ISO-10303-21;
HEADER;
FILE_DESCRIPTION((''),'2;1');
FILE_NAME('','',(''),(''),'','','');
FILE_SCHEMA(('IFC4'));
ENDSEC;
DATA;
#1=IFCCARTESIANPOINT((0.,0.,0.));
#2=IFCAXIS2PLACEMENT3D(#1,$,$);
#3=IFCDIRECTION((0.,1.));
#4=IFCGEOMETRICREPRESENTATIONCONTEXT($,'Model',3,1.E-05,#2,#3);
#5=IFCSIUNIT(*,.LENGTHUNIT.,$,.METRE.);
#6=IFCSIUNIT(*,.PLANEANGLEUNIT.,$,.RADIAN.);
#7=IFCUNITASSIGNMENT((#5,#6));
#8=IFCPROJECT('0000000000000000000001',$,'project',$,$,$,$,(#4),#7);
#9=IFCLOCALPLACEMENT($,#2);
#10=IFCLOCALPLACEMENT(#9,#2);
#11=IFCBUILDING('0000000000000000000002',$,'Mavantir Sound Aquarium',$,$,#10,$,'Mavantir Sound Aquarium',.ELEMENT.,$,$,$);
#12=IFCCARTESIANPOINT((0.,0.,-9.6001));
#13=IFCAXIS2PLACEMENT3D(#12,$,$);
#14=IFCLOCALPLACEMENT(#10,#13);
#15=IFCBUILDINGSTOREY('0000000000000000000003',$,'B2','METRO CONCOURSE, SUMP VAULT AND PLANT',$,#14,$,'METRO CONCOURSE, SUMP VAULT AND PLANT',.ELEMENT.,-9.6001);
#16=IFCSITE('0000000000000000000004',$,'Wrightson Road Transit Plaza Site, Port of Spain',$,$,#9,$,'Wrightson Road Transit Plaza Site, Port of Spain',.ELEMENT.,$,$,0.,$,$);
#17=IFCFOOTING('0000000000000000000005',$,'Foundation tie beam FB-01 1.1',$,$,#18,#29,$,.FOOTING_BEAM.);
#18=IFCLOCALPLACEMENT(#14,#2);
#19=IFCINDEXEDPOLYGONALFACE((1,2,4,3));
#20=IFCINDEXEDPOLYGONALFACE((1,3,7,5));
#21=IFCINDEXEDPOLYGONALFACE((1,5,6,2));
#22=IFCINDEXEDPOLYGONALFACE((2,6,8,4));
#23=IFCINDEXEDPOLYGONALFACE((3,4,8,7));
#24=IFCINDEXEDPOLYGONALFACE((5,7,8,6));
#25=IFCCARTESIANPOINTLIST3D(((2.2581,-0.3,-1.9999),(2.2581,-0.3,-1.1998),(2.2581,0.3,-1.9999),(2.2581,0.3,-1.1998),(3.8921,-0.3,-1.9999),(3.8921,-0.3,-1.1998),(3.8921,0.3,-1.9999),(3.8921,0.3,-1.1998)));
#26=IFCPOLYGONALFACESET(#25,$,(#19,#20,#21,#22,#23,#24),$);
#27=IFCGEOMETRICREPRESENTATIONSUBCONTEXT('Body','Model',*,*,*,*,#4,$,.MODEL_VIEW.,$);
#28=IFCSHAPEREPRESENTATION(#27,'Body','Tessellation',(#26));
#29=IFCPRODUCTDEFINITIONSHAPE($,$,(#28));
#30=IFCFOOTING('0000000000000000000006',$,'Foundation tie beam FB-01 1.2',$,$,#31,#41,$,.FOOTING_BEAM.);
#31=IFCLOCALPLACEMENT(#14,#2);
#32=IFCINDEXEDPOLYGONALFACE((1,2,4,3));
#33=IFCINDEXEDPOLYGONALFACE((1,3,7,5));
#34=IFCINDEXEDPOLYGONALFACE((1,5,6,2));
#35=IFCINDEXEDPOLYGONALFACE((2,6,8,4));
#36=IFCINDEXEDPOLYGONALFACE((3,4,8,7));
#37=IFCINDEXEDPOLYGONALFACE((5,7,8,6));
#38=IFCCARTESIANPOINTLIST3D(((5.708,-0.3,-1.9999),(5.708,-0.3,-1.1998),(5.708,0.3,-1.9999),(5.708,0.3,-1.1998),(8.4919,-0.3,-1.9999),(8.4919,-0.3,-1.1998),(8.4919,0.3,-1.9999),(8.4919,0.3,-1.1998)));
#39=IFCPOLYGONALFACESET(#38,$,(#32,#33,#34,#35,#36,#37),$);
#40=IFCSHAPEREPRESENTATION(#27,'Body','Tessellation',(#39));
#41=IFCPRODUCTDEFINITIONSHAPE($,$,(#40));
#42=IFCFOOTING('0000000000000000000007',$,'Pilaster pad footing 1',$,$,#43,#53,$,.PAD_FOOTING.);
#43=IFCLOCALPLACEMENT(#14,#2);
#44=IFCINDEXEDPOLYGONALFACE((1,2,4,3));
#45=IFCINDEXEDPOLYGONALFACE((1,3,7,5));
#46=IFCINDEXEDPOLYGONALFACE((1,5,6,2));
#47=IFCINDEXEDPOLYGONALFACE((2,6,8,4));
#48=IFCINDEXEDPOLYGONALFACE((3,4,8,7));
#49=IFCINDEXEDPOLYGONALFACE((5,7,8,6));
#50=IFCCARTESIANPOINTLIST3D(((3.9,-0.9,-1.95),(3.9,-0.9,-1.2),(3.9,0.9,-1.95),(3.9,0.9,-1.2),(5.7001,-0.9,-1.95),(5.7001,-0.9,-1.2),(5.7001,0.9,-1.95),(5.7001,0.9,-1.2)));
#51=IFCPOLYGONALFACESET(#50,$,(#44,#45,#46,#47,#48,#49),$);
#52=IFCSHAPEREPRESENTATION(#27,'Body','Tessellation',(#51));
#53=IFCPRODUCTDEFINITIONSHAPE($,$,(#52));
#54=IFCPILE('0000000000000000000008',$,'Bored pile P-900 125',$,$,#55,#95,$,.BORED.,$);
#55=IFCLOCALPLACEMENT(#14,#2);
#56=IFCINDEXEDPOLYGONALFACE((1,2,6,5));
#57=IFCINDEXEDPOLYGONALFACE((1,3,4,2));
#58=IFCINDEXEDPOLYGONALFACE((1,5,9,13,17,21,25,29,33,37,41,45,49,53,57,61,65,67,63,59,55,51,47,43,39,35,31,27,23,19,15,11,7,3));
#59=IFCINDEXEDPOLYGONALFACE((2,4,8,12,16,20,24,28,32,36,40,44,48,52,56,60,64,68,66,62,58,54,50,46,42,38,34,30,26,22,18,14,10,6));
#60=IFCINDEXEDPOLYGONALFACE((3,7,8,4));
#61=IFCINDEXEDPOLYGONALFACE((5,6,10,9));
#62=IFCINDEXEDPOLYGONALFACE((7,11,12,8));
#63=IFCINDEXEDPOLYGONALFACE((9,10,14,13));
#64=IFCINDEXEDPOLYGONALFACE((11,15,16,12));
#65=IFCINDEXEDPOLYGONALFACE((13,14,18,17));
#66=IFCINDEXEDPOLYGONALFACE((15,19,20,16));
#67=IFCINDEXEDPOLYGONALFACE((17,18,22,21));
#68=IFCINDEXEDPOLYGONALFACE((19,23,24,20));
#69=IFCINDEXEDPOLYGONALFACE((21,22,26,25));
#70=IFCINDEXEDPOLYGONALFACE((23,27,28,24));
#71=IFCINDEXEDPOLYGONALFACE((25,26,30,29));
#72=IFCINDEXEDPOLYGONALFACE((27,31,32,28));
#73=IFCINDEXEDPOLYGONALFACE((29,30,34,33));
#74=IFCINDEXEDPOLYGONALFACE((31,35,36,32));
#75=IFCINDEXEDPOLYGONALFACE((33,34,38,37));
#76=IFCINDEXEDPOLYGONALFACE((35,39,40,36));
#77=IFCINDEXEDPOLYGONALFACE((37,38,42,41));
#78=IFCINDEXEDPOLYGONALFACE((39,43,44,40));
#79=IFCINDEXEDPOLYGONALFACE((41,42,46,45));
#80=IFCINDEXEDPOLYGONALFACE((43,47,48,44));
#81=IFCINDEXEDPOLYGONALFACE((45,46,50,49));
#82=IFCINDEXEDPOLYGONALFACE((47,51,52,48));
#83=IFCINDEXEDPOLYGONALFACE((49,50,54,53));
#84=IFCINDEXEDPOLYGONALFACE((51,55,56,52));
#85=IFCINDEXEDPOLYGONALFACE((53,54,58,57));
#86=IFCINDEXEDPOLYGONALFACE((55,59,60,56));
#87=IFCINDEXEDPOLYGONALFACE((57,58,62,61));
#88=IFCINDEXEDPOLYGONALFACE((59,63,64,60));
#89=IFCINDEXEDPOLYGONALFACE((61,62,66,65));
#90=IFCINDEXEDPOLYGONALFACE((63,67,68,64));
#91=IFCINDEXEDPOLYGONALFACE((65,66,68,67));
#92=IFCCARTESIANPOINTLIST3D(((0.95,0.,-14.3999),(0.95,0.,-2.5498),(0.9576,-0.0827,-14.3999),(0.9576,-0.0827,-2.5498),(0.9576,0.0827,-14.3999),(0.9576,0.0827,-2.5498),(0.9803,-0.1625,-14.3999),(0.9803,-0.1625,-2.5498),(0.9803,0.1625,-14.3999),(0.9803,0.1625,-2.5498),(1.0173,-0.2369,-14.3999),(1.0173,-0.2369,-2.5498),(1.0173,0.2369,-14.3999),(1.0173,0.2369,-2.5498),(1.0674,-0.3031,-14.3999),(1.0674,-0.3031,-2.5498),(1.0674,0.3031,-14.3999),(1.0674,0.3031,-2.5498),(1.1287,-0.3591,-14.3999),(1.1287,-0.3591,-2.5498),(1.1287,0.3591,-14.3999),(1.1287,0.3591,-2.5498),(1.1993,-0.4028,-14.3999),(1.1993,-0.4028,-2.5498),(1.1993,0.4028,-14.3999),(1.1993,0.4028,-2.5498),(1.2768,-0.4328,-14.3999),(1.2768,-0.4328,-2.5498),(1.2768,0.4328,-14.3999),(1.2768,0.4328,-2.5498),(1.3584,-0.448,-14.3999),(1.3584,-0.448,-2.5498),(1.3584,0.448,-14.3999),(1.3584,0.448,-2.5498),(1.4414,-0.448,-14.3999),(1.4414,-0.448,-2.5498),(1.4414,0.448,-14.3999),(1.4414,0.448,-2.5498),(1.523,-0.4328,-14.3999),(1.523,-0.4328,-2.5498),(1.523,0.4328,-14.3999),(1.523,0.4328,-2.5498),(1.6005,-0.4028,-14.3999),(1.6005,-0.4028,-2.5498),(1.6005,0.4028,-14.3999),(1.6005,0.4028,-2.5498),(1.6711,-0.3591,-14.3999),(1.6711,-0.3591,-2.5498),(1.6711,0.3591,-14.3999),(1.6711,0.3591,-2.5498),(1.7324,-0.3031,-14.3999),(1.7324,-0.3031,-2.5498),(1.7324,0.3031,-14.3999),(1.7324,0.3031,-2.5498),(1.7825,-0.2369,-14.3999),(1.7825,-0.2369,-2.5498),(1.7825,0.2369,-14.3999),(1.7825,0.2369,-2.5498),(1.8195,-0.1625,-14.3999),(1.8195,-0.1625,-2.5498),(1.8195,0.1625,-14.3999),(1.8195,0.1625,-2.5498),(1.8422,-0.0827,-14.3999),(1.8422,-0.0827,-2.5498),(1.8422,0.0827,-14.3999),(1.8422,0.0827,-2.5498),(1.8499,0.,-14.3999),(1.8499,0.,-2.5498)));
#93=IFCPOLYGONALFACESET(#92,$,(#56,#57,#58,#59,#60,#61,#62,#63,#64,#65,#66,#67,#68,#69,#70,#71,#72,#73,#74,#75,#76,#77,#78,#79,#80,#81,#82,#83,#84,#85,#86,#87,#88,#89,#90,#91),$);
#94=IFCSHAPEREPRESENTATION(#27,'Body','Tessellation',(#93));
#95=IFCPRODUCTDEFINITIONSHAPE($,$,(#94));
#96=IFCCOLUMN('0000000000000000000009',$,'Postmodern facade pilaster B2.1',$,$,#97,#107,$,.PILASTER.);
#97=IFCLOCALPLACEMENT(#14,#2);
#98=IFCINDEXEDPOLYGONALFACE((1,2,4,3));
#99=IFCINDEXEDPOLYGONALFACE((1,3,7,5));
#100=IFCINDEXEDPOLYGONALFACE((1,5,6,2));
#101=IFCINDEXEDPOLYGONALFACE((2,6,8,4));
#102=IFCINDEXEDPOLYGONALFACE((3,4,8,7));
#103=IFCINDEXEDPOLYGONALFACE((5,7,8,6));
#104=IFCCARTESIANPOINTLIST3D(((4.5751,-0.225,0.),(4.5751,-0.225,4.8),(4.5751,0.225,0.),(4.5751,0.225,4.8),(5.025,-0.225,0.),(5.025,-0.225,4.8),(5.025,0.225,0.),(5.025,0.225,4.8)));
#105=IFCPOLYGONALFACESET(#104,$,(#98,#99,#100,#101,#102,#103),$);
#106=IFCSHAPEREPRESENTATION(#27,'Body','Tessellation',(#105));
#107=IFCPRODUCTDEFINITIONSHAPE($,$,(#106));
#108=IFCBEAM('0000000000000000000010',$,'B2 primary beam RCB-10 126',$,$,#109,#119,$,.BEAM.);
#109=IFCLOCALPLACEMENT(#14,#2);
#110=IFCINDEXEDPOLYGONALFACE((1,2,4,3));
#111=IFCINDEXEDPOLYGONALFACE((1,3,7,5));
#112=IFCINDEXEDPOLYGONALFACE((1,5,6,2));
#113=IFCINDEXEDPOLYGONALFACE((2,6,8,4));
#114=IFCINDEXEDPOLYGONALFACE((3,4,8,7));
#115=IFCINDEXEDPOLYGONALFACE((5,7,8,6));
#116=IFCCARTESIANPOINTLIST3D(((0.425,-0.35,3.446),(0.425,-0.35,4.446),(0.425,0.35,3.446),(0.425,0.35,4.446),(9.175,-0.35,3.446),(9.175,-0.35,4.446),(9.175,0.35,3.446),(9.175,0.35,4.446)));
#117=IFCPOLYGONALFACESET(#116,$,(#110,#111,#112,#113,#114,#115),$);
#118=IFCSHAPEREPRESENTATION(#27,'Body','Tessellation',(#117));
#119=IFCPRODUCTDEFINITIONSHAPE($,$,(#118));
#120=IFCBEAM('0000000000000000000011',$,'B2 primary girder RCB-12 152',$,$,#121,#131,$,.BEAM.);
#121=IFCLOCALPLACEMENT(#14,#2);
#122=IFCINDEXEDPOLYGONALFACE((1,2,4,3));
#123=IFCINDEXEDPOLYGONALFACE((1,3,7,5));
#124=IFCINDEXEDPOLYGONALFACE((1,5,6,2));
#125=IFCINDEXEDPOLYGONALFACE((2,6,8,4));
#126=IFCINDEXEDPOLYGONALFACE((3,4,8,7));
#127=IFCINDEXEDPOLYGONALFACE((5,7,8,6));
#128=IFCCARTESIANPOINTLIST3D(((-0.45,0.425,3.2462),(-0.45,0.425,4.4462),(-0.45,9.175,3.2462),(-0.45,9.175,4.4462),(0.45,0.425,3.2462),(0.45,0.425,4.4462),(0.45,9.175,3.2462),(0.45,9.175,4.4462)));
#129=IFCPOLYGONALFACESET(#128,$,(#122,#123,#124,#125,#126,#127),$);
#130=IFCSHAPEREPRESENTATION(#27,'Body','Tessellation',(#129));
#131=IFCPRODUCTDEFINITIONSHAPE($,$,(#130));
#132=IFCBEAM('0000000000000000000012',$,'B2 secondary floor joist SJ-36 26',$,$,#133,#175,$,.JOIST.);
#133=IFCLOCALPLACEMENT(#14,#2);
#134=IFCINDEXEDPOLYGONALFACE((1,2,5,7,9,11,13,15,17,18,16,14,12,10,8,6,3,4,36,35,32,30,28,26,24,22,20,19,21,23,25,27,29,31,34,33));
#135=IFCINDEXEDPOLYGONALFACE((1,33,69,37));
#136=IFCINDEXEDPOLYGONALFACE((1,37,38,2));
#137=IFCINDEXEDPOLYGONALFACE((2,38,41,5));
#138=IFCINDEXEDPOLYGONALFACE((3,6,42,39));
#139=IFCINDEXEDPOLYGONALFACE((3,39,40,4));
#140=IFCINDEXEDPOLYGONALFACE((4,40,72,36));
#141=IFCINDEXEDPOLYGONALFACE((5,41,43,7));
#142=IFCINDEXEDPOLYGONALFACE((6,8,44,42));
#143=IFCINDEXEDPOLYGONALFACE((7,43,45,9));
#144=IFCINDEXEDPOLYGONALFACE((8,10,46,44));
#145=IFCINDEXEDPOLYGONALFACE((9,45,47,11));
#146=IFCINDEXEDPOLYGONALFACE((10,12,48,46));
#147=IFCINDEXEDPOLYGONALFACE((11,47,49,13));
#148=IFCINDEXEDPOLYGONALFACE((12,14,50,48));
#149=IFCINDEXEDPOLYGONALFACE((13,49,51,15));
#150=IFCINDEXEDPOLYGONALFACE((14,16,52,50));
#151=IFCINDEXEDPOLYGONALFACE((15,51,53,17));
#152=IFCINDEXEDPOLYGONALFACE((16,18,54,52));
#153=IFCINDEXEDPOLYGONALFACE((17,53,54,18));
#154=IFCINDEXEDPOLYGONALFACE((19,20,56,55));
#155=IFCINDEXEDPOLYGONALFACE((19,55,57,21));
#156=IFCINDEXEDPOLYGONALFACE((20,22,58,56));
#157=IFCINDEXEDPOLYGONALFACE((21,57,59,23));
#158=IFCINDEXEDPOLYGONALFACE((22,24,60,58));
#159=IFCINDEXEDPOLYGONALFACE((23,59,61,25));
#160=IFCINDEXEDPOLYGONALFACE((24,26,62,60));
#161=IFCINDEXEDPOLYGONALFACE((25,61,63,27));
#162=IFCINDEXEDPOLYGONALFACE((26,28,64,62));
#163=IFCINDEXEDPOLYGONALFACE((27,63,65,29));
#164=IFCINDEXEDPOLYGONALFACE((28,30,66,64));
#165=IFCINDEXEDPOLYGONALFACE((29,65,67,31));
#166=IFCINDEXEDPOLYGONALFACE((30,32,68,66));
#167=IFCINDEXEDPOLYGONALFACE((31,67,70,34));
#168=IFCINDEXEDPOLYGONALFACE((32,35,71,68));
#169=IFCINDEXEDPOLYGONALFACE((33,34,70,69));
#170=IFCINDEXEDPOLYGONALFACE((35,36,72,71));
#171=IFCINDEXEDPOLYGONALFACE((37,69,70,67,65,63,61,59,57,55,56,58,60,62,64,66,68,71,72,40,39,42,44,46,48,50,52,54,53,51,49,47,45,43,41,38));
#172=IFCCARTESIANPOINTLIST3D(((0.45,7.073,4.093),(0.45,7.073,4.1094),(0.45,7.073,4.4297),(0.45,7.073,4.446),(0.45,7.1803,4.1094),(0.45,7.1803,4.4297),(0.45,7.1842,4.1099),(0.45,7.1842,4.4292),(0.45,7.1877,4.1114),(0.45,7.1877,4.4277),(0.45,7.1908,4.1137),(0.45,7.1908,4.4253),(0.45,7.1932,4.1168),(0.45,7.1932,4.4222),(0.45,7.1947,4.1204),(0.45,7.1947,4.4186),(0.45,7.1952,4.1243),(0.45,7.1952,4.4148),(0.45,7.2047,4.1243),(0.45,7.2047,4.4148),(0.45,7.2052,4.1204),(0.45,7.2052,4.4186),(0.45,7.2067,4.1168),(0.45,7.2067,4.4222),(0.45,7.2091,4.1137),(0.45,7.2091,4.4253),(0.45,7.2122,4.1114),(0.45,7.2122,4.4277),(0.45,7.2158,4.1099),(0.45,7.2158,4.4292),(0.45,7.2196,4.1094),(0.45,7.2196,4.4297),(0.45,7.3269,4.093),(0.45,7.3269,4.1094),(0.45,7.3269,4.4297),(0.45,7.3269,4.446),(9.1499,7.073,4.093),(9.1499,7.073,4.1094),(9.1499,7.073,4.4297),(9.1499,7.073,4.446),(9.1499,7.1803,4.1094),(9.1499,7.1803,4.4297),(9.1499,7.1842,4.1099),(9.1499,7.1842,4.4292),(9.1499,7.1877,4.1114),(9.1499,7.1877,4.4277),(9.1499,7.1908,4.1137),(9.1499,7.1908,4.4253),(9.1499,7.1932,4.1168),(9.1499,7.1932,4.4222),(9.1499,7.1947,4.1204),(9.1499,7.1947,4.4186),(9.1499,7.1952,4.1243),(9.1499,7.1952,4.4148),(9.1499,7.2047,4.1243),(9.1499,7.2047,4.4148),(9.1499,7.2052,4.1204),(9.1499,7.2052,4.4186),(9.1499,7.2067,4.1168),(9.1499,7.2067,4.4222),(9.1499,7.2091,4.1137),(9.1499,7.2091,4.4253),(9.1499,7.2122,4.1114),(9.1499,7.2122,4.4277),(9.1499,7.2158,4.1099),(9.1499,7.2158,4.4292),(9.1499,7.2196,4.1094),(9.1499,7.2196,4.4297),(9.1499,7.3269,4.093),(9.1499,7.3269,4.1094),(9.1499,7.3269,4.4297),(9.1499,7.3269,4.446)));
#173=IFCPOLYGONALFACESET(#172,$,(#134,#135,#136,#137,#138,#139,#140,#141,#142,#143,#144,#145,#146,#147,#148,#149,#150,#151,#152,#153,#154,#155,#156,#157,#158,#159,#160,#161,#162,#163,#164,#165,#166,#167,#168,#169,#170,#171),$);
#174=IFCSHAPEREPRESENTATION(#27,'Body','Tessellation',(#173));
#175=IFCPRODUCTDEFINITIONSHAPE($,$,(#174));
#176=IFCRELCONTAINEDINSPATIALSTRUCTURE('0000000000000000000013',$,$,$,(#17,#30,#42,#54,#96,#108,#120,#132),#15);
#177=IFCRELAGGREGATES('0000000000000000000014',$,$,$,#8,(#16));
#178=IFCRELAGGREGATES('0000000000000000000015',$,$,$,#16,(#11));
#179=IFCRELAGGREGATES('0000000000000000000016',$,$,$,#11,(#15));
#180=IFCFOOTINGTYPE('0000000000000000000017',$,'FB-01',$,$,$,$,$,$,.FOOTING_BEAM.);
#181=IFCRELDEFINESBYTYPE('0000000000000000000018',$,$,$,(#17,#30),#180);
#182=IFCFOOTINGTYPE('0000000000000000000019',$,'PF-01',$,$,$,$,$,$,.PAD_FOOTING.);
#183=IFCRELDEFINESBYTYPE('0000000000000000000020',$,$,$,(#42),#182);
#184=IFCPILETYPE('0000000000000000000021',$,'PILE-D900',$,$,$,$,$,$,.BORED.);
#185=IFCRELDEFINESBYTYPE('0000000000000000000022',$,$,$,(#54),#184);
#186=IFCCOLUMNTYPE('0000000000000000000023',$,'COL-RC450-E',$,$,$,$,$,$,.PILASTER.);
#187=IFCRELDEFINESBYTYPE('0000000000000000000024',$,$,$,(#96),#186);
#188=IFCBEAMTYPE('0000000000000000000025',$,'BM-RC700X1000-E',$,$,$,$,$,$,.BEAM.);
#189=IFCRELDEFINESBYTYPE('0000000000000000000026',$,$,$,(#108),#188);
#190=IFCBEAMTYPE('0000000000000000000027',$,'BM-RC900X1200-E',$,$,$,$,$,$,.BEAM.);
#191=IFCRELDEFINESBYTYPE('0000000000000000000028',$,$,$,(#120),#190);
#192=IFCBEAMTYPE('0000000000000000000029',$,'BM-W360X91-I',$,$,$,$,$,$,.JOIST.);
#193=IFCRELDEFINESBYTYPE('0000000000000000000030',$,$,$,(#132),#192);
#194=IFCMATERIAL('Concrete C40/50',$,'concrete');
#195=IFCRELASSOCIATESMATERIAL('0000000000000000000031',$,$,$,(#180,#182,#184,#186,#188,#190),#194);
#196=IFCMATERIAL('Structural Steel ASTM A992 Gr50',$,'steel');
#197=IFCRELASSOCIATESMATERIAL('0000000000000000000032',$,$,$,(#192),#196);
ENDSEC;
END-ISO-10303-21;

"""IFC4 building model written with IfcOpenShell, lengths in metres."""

from ifc_helpers import new_model, si_unit, direction, frame, origin, origin_2d, place, context, subcontext, project, spatial, rectangle, circle, i_section, extrude, material, material_profile, profile_set, type_object, element, save


model = new_model("IFC4")

# Units and contexts
model_context = context("Model", 3, precision=1e-05, world=origin(), true_north=direction((0.0, 1.0)))
body_context = subcontext(model_context, "Body", "Model", "MODEL_VIEW")
ifc_project = project(units=[si_unit("LENGTHUNIT", "METRE"), si_unit("PLANEANGLEUNIT", "RADIAN")], contexts=[model_context])

# Site, building, storey
site_placement = place(None, origin())
site = spatial("IfcSite", under=ifc_project, at=site_placement, Name="Wrightson Road Transit Plaza Site, Port of Spain", LongName="Wrightson Road Transit Plaza Site, Port of Spain", CompositionType="ELEMENT", RefElevation=0.0)
building_placement = place(site_placement, origin())
building = spatial("IfcBuilding", under=site, at=building_placement, Name="Mavantir Sound Aquarium", LongName="Mavantir Sound Aquarium", CompositionType="ELEMENT")
storey_placement = place(building_placement, frame((0.0, 0.0, -9.6001)))
storey = spatial("IfcBuildingStorey", under=building, at=storey_placement, Name="B2", Description="METRO CONCOURSE, SUMP VAULT AND PLANT", LongName="METRO CONCOURSE, SUMP VAULT AND PLANT", CompositionType="ELEMENT", Elevation=-9.6001)

# Footings
ifc_material_1 = material(Name="Concrete C40/50", Category="concrete")
ifc_material_profile_1 = material_profile(ifc_material_1, rectangle(XDim=0.6001, YDim=0.8, at=origin_2d()), Name="RC 600X800")
ifc_profile_set_1 = profile_set([ifc_material_profile_1], Name="Concrete C40/50")
footing_type_1 = type_object("IfcFootingType", Name="FB-01", PredefinedType="FOOTING_BEAM", material=ifc_profile_set_1)
footing_1_placement = place(storey_placement, frame((2.2581, 0.0, -1.5999), z_axis=(1.0, 0.0, 0.0), x_axis=(0.0, 1.0, 0.0)))
element("IfcFooting", 1, at=footing_1_placement, inside=storey, type_object=footing_type_1, Name="Foundation tie beam FB-01 1.1", PredefinedType="FOOTING_BEAM", context=body_context, shape_type="SweptSolid", body=[
    extrude(rectangle(XDim=0.6001, YDim=0.8, at=origin_2d()), origin(), (0.0, 0.0, 1.0), 1.634),
])
footing_2_placement = place(storey_placement, frame((5.708, 0.0, -1.5999), z_axis=(1.0, 0.0, 0.0), x_axis=(0.0, 1.0, 0.0)))
element("IfcFooting", 2, at=footing_2_placement, inside=storey, type_object=footing_type_1, Name="Foundation tie beam FB-01 1.2", PredefinedType="FOOTING_BEAM", context=body_context, shape_type="SweptSolid", body=[
    extrude(rectangle(XDim=0.6001, YDim=0.8, at=origin_2d()), origin(), (0.0, 0.0, 1.0), 2.7839),
])
footing_type_2 = type_object("IfcFootingType", Name="PF-01", PredefinedType="PAD_FOOTING", material=ifc_material_1)
footing_3_placement = place(storey_placement, frame((4.8, 0.0, -1.95), z_axis=(0.0, 0.0, 1.0), x_axis=(1.0, 0.0, 0.0)))
element("IfcFooting", 3, at=footing_3_placement, inside=storey, type_object=footing_type_2, Name="Pilaster pad footing 1", PredefinedType="PAD_FOOTING", context=body_context, shape_type="SweptSolid", body=[
    extrude(rectangle(XDim=1.8, YDim=1.8, at=origin_2d()), origin(), (0.0, 0.0, 1.0), 0.75),
])

# Pile
ifc_material_profile_2 = material_profile(ifc_material_1, circle(Radius=0.45, at=origin_2d()), Name="PILE D900")
ifc_profile_set_2 = profile_set([ifc_material_profile_2], Name="Concrete C40/50")
pile_type = type_object("IfcPileType", Name="PILE-D900", PredefinedType="BORED", material=ifc_profile_set_2)
pile_placement = place(storey_placement, frame((1.3999, 0.0, -2.5498), z_axis=(0.0, 0.0, -1.0), x_axis=(1.0, 0.0, 0.0)))
element("IfcPile", 4, at=pile_placement, inside=storey, type_object=pile_type, Name="Bored pile P-900 125", PredefinedType="BORED", context=body_context, shape_type="SweptSolid", body=[
    extrude(circle(Radius=0.45, at=origin_2d()), origin(), (0.0, 0.0, 1.0), 11.8501),
])

# Column
ifc_material_profile_3 = material_profile(ifc_material_1, rectangle(XDim=0.45, YDim=0.45, at=origin_2d()), Name="RC 450X450")
ifc_profile_set_3 = profile_set([ifc_material_profile_3], Name="Concrete C40/50")
column_type = type_object("IfcColumnType", Name="COL-RC450-E", PredefinedType="PILASTER", material=ifc_profile_set_3)
column_placement = place(storey_placement, frame((4.8, 0.0, 0.0), z_axis=(0.0, 0.0, 1.0), x_axis=(1.0, 0.0, 0.0)))
element("IfcColumn", 5, at=column_placement, inside=storey, type_object=column_type, Name="Postmodern facade pilaster B2.1", PredefinedType="PILASTER", context=body_context, shape_type="SweptSolid", body=[
    extrude(rectangle(XDim=0.45, YDim=0.45, at=origin_2d()), origin(), (0.0, 0.0, 1.0), 4.8),
])

# Beams
ifc_material_profile_4 = material_profile(ifc_material_1, rectangle(XDim=0.7, YDim=1.0, at=origin_2d()), Name="RC 700X1000")
ifc_profile_set_4 = profile_set([ifc_material_profile_4], Name="Concrete C40/50")
beam_type_1 = type_object("IfcBeamType", Name="BM-RC700X1000-E", PredefinedType="BEAM", material=ifc_profile_set_4)
beam_1_placement = place(storey_placement, frame((0.425, 0.0, 3.946), z_axis=(1.0, 0.0, 0.0), x_axis=(0.0, 1.0, 0.0)))
element("IfcBeam", 6, at=beam_1_placement, inside=storey, type_object=beam_type_1, Name="B2 primary beam RCB-10 126", PredefinedType="BEAM", context=body_context, shape_type="SweptSolid", body=[
    extrude(rectangle(XDim=0.7, YDim=1.0, at=origin_2d()), origin(), (0.0, 0.0, 1.0), 8.75),
])
ifc_material_profile_5 = material_profile(ifc_material_1, rectangle(XDim=0.8999, YDim=1.2, at=origin_2d()), Name="RC 900X1200")
ifc_profile_set_5 = profile_set([ifc_material_profile_5], Name="Concrete C40/50")
beam_type_2 = type_object("IfcBeamType", Name="BM-RC900X1200-E", PredefinedType="BEAM", material=ifc_profile_set_5)
beam_2_placement = place(storey_placement, frame((0.0, 0.425, 3.8462), z_axis=(0.0, 1.0, 0.0), x_axis=(-1.0, 0.0, 0.0)))
element("IfcBeam", 7, at=beam_2_placement, inside=storey, type_object=beam_type_2, Name="B2 primary girder RCB-12 152", PredefinedType="BEAM", context=body_context, shape_type="SweptSolid", body=[
    extrude(rectangle(XDim=0.8999, YDim=1.2, at=origin_2d()), origin(), (0.0, 0.0, 1.0), 8.75),
])
ifc_material_2 = material(Name="Structural Steel ASTM A992 Gr50", Category="steel")
ifc_material_profile_6 = material_profile(ifc_material_2, i_section(OverallWidth=0.2539, OverallDepth=0.353, WebThickness=0.0095, FlangeThickness=0.0164, FilletRadius=0.0149, at=origin_2d()), Name="W360X91")
ifc_profile_set_6 = profile_set([ifc_material_profile_6], Name="Structural Steel ASTM A992 Gr50")
beam_type_3 = type_object("IfcBeamType", Name="BM-W360X91-I", PredefinedType="JOIST", material=ifc_profile_set_6)
beam_3_placement = place(storey_placement, frame((0.45, 7.2, 4.2695), z_axis=(1.0, 0.0, 0.0), x_axis=(0.0, 1.0, 0.0)))
element("IfcBeam", 8, at=beam_3_placement, inside=storey, type_object=beam_type_3, Name="B2 secondary floor joist SJ-36 26", PredefinedType="JOIST", context=body_context, shape_type="SweptSolid", body=[
    extrude(i_section(OverallWidth=0.2539, OverallDepth=0.353, WebThickness=0.0095, FlangeThickness=0.0164, FilletRadius=0.0149, at=origin_2d()), origin(), (0.0, 0.0, 1.0), 8.7),
])

save(model, "model.ifc")
